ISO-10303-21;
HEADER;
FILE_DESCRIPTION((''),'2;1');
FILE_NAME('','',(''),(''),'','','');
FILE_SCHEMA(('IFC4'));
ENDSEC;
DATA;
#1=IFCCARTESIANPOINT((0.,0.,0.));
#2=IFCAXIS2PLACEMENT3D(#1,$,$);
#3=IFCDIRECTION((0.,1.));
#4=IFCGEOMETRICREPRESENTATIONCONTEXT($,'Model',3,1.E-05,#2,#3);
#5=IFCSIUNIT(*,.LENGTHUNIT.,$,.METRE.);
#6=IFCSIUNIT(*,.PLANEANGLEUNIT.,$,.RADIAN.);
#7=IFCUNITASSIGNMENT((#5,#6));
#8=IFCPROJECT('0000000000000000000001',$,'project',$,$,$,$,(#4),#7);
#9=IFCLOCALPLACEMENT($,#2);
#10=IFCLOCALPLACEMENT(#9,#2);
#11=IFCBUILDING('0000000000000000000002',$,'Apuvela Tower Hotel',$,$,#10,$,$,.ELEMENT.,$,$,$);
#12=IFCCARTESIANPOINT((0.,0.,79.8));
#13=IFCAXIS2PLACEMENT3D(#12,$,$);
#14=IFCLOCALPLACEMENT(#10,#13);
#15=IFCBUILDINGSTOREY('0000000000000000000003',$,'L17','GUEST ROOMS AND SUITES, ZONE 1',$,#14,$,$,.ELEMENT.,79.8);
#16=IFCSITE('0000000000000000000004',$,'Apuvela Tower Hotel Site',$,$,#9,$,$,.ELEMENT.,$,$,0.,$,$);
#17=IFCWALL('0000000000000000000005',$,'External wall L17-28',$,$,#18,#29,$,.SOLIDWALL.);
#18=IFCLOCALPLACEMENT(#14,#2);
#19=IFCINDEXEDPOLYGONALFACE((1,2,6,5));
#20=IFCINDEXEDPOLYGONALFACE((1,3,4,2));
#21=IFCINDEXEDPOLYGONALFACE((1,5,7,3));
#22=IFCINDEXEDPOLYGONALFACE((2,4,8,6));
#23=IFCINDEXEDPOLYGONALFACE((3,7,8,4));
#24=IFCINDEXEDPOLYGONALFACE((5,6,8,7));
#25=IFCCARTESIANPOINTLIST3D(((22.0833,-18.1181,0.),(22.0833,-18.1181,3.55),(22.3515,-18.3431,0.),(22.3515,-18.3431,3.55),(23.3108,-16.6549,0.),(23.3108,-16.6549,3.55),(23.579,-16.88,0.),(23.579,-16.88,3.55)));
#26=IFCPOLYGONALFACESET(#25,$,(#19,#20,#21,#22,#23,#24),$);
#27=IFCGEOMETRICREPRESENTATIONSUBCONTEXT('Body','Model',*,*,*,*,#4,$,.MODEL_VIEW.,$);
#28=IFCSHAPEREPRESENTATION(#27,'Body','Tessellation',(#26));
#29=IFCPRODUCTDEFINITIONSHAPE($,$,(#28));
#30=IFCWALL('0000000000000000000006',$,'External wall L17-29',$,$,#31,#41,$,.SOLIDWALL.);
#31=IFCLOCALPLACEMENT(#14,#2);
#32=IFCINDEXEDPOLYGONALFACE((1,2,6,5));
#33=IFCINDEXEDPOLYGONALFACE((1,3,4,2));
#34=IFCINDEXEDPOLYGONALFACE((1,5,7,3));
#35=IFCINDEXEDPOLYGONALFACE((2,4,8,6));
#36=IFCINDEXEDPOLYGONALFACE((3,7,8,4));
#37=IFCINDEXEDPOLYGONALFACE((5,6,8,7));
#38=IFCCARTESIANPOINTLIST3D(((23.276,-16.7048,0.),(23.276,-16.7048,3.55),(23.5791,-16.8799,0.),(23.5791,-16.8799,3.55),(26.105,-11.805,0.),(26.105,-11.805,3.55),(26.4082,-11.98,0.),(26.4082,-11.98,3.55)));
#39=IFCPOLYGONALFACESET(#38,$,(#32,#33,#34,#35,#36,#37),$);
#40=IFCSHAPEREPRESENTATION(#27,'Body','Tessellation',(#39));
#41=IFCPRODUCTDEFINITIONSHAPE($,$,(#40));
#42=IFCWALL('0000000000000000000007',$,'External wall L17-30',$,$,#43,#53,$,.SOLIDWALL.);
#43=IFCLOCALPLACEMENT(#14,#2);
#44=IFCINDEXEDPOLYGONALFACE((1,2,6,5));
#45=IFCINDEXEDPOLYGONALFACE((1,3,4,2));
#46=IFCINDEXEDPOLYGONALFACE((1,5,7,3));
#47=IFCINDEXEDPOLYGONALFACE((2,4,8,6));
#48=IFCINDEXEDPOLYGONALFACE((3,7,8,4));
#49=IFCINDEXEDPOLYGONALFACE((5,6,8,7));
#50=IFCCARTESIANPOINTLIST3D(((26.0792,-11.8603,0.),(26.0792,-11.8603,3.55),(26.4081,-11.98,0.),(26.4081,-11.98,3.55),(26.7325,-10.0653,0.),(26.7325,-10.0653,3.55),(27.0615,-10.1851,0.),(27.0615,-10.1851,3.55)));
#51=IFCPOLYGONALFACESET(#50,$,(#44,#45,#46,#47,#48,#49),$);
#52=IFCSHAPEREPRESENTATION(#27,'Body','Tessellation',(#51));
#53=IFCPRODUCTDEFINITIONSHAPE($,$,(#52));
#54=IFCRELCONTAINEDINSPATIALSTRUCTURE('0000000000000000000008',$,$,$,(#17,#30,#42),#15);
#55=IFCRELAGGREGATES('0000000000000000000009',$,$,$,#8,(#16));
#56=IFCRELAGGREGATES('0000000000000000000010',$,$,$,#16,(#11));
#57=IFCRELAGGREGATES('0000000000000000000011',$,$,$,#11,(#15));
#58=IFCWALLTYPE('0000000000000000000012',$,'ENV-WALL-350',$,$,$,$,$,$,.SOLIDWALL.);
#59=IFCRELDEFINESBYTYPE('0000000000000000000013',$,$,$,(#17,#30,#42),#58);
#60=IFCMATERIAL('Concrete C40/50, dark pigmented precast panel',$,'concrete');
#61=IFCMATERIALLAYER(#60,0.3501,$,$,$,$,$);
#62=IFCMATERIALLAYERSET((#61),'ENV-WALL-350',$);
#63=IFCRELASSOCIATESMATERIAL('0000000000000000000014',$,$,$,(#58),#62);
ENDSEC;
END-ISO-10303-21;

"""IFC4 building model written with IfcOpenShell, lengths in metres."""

from ifc_helpers import new_model, si_unit, direction, frame, frame_2d, origin, place, context, subcontext, project, spatial, rectangle, extrude, material, layer, layer_set, type_object, element, save


model = new_model("IFC4")

# Units and contexts
model_context = context("Model", 3, precision=1e-05, world=origin(), true_north=direction((0.0, 1.0)))
body_context = subcontext(model_context, "Body", "Model", "MODEL_VIEW")
ifc_project = project(units=[si_unit("LENGTHUNIT", "METRE"), si_unit("PLANEANGLEUNIT", "RADIAN")], contexts=[model_context])

# Site, building, storey
site_placement = place(None, origin())
site = spatial("IfcSite", under=ifc_project, at=site_placement, Name="Apuvela Tower Hotel Site", CompositionType="ELEMENT", RefElevation=0.0)
building_placement = place(site_placement, origin())
building = spatial("IfcBuilding", under=site, at=building_placement, Name="Apuvela Tower Hotel", CompositionType="ELEMENT")
storey_placement = place(building_placement, frame((0.0, 0.0, 79.8)))
storey = spatial("IfcBuildingStorey", under=building, at=storey_placement, Name="L17", Description="GUEST ROOMS AND SUITES, ZONE 1", CompositionType="ELEMENT", Elevation=79.8)

# Shared definitions
ifc_material_1 = material(Name="Concrete C40/50, dark pigmented precast panel", Category="concrete")
ifc_layer_1 = layer(ifc_material_1, 0.3501)
ifc_layer_set_1 = layer_set([ifc_layer_1], Name="ENV-WALL-350")
wall_type_1 = type_object("IfcWallType", Name="ENV-WALL-350", PredefinedType="SOLIDWALL", material=ifc_layer_set_1)

# Walls
for number, where, z_axis, x_axis, name in (
    (1, (22.2173, -18.2307, 0.0), (0.0, 0.0, 1.0), (0.642733, 0.76609, 0.0), "External wall L17-28"),
):
    element("IfcWall", number, at=place(storey_placement, frame(where, z_axis=z_axis, x_axis=x_axis)), inside=storey, type_object=wall_type_1, Name=name, PredefinedType="SOLIDWALL", context=body_context, shape_type="SweptSolid", body=[
        extrude(rectangle(XDim=1.9099, YDim=0.3501, at=frame_2d((0.9551, 0.0))), origin(), (0.0, 0.0, 1.0), 3.55),
    ])
wall_1_placement = place(storey_placement, frame((23.4275, -16.7925, 0.0), z_axis=(0.0, 0.0, 1.0), x_axis=(0.500019, 0.866015, 0.0)))
element("IfcWall", 2, at=wall_1_placement, inside=storey, type_object=wall_type_1, Name="External wall L17-29", PredefinedType="SOLIDWALL", context=body_context, shape_type="SweptSolid", body=[
    extrude(rectangle(XDim=5.658, YDim=0.3501, at=frame_2d((2.8291, 0.0))), origin(), (0.0, 0.0, 1.0), 3.55),
])
wall_2_placement = place(storey_placement, frame((26.2437, -11.9202, 0.0), z_axis=(0.0, 0.0, 1.0), x_axis=(0.34203, 0.939689, 0.0)))
element("IfcWall", 3, at=wall_2_placement, inside=storey, type_object=wall_type_1, Name="External wall L17-30", PredefinedType="SOLIDWALL", context=body_context, shape_type="SweptSolid", body=[
    extrude(rectangle(XDim=1.9102, YDim=0.3501, at=frame_2d((0.9551, 0.0))), origin(), (0.0, 0.0, 1.0), 3.55),
])

save(model, "model.ifc")
